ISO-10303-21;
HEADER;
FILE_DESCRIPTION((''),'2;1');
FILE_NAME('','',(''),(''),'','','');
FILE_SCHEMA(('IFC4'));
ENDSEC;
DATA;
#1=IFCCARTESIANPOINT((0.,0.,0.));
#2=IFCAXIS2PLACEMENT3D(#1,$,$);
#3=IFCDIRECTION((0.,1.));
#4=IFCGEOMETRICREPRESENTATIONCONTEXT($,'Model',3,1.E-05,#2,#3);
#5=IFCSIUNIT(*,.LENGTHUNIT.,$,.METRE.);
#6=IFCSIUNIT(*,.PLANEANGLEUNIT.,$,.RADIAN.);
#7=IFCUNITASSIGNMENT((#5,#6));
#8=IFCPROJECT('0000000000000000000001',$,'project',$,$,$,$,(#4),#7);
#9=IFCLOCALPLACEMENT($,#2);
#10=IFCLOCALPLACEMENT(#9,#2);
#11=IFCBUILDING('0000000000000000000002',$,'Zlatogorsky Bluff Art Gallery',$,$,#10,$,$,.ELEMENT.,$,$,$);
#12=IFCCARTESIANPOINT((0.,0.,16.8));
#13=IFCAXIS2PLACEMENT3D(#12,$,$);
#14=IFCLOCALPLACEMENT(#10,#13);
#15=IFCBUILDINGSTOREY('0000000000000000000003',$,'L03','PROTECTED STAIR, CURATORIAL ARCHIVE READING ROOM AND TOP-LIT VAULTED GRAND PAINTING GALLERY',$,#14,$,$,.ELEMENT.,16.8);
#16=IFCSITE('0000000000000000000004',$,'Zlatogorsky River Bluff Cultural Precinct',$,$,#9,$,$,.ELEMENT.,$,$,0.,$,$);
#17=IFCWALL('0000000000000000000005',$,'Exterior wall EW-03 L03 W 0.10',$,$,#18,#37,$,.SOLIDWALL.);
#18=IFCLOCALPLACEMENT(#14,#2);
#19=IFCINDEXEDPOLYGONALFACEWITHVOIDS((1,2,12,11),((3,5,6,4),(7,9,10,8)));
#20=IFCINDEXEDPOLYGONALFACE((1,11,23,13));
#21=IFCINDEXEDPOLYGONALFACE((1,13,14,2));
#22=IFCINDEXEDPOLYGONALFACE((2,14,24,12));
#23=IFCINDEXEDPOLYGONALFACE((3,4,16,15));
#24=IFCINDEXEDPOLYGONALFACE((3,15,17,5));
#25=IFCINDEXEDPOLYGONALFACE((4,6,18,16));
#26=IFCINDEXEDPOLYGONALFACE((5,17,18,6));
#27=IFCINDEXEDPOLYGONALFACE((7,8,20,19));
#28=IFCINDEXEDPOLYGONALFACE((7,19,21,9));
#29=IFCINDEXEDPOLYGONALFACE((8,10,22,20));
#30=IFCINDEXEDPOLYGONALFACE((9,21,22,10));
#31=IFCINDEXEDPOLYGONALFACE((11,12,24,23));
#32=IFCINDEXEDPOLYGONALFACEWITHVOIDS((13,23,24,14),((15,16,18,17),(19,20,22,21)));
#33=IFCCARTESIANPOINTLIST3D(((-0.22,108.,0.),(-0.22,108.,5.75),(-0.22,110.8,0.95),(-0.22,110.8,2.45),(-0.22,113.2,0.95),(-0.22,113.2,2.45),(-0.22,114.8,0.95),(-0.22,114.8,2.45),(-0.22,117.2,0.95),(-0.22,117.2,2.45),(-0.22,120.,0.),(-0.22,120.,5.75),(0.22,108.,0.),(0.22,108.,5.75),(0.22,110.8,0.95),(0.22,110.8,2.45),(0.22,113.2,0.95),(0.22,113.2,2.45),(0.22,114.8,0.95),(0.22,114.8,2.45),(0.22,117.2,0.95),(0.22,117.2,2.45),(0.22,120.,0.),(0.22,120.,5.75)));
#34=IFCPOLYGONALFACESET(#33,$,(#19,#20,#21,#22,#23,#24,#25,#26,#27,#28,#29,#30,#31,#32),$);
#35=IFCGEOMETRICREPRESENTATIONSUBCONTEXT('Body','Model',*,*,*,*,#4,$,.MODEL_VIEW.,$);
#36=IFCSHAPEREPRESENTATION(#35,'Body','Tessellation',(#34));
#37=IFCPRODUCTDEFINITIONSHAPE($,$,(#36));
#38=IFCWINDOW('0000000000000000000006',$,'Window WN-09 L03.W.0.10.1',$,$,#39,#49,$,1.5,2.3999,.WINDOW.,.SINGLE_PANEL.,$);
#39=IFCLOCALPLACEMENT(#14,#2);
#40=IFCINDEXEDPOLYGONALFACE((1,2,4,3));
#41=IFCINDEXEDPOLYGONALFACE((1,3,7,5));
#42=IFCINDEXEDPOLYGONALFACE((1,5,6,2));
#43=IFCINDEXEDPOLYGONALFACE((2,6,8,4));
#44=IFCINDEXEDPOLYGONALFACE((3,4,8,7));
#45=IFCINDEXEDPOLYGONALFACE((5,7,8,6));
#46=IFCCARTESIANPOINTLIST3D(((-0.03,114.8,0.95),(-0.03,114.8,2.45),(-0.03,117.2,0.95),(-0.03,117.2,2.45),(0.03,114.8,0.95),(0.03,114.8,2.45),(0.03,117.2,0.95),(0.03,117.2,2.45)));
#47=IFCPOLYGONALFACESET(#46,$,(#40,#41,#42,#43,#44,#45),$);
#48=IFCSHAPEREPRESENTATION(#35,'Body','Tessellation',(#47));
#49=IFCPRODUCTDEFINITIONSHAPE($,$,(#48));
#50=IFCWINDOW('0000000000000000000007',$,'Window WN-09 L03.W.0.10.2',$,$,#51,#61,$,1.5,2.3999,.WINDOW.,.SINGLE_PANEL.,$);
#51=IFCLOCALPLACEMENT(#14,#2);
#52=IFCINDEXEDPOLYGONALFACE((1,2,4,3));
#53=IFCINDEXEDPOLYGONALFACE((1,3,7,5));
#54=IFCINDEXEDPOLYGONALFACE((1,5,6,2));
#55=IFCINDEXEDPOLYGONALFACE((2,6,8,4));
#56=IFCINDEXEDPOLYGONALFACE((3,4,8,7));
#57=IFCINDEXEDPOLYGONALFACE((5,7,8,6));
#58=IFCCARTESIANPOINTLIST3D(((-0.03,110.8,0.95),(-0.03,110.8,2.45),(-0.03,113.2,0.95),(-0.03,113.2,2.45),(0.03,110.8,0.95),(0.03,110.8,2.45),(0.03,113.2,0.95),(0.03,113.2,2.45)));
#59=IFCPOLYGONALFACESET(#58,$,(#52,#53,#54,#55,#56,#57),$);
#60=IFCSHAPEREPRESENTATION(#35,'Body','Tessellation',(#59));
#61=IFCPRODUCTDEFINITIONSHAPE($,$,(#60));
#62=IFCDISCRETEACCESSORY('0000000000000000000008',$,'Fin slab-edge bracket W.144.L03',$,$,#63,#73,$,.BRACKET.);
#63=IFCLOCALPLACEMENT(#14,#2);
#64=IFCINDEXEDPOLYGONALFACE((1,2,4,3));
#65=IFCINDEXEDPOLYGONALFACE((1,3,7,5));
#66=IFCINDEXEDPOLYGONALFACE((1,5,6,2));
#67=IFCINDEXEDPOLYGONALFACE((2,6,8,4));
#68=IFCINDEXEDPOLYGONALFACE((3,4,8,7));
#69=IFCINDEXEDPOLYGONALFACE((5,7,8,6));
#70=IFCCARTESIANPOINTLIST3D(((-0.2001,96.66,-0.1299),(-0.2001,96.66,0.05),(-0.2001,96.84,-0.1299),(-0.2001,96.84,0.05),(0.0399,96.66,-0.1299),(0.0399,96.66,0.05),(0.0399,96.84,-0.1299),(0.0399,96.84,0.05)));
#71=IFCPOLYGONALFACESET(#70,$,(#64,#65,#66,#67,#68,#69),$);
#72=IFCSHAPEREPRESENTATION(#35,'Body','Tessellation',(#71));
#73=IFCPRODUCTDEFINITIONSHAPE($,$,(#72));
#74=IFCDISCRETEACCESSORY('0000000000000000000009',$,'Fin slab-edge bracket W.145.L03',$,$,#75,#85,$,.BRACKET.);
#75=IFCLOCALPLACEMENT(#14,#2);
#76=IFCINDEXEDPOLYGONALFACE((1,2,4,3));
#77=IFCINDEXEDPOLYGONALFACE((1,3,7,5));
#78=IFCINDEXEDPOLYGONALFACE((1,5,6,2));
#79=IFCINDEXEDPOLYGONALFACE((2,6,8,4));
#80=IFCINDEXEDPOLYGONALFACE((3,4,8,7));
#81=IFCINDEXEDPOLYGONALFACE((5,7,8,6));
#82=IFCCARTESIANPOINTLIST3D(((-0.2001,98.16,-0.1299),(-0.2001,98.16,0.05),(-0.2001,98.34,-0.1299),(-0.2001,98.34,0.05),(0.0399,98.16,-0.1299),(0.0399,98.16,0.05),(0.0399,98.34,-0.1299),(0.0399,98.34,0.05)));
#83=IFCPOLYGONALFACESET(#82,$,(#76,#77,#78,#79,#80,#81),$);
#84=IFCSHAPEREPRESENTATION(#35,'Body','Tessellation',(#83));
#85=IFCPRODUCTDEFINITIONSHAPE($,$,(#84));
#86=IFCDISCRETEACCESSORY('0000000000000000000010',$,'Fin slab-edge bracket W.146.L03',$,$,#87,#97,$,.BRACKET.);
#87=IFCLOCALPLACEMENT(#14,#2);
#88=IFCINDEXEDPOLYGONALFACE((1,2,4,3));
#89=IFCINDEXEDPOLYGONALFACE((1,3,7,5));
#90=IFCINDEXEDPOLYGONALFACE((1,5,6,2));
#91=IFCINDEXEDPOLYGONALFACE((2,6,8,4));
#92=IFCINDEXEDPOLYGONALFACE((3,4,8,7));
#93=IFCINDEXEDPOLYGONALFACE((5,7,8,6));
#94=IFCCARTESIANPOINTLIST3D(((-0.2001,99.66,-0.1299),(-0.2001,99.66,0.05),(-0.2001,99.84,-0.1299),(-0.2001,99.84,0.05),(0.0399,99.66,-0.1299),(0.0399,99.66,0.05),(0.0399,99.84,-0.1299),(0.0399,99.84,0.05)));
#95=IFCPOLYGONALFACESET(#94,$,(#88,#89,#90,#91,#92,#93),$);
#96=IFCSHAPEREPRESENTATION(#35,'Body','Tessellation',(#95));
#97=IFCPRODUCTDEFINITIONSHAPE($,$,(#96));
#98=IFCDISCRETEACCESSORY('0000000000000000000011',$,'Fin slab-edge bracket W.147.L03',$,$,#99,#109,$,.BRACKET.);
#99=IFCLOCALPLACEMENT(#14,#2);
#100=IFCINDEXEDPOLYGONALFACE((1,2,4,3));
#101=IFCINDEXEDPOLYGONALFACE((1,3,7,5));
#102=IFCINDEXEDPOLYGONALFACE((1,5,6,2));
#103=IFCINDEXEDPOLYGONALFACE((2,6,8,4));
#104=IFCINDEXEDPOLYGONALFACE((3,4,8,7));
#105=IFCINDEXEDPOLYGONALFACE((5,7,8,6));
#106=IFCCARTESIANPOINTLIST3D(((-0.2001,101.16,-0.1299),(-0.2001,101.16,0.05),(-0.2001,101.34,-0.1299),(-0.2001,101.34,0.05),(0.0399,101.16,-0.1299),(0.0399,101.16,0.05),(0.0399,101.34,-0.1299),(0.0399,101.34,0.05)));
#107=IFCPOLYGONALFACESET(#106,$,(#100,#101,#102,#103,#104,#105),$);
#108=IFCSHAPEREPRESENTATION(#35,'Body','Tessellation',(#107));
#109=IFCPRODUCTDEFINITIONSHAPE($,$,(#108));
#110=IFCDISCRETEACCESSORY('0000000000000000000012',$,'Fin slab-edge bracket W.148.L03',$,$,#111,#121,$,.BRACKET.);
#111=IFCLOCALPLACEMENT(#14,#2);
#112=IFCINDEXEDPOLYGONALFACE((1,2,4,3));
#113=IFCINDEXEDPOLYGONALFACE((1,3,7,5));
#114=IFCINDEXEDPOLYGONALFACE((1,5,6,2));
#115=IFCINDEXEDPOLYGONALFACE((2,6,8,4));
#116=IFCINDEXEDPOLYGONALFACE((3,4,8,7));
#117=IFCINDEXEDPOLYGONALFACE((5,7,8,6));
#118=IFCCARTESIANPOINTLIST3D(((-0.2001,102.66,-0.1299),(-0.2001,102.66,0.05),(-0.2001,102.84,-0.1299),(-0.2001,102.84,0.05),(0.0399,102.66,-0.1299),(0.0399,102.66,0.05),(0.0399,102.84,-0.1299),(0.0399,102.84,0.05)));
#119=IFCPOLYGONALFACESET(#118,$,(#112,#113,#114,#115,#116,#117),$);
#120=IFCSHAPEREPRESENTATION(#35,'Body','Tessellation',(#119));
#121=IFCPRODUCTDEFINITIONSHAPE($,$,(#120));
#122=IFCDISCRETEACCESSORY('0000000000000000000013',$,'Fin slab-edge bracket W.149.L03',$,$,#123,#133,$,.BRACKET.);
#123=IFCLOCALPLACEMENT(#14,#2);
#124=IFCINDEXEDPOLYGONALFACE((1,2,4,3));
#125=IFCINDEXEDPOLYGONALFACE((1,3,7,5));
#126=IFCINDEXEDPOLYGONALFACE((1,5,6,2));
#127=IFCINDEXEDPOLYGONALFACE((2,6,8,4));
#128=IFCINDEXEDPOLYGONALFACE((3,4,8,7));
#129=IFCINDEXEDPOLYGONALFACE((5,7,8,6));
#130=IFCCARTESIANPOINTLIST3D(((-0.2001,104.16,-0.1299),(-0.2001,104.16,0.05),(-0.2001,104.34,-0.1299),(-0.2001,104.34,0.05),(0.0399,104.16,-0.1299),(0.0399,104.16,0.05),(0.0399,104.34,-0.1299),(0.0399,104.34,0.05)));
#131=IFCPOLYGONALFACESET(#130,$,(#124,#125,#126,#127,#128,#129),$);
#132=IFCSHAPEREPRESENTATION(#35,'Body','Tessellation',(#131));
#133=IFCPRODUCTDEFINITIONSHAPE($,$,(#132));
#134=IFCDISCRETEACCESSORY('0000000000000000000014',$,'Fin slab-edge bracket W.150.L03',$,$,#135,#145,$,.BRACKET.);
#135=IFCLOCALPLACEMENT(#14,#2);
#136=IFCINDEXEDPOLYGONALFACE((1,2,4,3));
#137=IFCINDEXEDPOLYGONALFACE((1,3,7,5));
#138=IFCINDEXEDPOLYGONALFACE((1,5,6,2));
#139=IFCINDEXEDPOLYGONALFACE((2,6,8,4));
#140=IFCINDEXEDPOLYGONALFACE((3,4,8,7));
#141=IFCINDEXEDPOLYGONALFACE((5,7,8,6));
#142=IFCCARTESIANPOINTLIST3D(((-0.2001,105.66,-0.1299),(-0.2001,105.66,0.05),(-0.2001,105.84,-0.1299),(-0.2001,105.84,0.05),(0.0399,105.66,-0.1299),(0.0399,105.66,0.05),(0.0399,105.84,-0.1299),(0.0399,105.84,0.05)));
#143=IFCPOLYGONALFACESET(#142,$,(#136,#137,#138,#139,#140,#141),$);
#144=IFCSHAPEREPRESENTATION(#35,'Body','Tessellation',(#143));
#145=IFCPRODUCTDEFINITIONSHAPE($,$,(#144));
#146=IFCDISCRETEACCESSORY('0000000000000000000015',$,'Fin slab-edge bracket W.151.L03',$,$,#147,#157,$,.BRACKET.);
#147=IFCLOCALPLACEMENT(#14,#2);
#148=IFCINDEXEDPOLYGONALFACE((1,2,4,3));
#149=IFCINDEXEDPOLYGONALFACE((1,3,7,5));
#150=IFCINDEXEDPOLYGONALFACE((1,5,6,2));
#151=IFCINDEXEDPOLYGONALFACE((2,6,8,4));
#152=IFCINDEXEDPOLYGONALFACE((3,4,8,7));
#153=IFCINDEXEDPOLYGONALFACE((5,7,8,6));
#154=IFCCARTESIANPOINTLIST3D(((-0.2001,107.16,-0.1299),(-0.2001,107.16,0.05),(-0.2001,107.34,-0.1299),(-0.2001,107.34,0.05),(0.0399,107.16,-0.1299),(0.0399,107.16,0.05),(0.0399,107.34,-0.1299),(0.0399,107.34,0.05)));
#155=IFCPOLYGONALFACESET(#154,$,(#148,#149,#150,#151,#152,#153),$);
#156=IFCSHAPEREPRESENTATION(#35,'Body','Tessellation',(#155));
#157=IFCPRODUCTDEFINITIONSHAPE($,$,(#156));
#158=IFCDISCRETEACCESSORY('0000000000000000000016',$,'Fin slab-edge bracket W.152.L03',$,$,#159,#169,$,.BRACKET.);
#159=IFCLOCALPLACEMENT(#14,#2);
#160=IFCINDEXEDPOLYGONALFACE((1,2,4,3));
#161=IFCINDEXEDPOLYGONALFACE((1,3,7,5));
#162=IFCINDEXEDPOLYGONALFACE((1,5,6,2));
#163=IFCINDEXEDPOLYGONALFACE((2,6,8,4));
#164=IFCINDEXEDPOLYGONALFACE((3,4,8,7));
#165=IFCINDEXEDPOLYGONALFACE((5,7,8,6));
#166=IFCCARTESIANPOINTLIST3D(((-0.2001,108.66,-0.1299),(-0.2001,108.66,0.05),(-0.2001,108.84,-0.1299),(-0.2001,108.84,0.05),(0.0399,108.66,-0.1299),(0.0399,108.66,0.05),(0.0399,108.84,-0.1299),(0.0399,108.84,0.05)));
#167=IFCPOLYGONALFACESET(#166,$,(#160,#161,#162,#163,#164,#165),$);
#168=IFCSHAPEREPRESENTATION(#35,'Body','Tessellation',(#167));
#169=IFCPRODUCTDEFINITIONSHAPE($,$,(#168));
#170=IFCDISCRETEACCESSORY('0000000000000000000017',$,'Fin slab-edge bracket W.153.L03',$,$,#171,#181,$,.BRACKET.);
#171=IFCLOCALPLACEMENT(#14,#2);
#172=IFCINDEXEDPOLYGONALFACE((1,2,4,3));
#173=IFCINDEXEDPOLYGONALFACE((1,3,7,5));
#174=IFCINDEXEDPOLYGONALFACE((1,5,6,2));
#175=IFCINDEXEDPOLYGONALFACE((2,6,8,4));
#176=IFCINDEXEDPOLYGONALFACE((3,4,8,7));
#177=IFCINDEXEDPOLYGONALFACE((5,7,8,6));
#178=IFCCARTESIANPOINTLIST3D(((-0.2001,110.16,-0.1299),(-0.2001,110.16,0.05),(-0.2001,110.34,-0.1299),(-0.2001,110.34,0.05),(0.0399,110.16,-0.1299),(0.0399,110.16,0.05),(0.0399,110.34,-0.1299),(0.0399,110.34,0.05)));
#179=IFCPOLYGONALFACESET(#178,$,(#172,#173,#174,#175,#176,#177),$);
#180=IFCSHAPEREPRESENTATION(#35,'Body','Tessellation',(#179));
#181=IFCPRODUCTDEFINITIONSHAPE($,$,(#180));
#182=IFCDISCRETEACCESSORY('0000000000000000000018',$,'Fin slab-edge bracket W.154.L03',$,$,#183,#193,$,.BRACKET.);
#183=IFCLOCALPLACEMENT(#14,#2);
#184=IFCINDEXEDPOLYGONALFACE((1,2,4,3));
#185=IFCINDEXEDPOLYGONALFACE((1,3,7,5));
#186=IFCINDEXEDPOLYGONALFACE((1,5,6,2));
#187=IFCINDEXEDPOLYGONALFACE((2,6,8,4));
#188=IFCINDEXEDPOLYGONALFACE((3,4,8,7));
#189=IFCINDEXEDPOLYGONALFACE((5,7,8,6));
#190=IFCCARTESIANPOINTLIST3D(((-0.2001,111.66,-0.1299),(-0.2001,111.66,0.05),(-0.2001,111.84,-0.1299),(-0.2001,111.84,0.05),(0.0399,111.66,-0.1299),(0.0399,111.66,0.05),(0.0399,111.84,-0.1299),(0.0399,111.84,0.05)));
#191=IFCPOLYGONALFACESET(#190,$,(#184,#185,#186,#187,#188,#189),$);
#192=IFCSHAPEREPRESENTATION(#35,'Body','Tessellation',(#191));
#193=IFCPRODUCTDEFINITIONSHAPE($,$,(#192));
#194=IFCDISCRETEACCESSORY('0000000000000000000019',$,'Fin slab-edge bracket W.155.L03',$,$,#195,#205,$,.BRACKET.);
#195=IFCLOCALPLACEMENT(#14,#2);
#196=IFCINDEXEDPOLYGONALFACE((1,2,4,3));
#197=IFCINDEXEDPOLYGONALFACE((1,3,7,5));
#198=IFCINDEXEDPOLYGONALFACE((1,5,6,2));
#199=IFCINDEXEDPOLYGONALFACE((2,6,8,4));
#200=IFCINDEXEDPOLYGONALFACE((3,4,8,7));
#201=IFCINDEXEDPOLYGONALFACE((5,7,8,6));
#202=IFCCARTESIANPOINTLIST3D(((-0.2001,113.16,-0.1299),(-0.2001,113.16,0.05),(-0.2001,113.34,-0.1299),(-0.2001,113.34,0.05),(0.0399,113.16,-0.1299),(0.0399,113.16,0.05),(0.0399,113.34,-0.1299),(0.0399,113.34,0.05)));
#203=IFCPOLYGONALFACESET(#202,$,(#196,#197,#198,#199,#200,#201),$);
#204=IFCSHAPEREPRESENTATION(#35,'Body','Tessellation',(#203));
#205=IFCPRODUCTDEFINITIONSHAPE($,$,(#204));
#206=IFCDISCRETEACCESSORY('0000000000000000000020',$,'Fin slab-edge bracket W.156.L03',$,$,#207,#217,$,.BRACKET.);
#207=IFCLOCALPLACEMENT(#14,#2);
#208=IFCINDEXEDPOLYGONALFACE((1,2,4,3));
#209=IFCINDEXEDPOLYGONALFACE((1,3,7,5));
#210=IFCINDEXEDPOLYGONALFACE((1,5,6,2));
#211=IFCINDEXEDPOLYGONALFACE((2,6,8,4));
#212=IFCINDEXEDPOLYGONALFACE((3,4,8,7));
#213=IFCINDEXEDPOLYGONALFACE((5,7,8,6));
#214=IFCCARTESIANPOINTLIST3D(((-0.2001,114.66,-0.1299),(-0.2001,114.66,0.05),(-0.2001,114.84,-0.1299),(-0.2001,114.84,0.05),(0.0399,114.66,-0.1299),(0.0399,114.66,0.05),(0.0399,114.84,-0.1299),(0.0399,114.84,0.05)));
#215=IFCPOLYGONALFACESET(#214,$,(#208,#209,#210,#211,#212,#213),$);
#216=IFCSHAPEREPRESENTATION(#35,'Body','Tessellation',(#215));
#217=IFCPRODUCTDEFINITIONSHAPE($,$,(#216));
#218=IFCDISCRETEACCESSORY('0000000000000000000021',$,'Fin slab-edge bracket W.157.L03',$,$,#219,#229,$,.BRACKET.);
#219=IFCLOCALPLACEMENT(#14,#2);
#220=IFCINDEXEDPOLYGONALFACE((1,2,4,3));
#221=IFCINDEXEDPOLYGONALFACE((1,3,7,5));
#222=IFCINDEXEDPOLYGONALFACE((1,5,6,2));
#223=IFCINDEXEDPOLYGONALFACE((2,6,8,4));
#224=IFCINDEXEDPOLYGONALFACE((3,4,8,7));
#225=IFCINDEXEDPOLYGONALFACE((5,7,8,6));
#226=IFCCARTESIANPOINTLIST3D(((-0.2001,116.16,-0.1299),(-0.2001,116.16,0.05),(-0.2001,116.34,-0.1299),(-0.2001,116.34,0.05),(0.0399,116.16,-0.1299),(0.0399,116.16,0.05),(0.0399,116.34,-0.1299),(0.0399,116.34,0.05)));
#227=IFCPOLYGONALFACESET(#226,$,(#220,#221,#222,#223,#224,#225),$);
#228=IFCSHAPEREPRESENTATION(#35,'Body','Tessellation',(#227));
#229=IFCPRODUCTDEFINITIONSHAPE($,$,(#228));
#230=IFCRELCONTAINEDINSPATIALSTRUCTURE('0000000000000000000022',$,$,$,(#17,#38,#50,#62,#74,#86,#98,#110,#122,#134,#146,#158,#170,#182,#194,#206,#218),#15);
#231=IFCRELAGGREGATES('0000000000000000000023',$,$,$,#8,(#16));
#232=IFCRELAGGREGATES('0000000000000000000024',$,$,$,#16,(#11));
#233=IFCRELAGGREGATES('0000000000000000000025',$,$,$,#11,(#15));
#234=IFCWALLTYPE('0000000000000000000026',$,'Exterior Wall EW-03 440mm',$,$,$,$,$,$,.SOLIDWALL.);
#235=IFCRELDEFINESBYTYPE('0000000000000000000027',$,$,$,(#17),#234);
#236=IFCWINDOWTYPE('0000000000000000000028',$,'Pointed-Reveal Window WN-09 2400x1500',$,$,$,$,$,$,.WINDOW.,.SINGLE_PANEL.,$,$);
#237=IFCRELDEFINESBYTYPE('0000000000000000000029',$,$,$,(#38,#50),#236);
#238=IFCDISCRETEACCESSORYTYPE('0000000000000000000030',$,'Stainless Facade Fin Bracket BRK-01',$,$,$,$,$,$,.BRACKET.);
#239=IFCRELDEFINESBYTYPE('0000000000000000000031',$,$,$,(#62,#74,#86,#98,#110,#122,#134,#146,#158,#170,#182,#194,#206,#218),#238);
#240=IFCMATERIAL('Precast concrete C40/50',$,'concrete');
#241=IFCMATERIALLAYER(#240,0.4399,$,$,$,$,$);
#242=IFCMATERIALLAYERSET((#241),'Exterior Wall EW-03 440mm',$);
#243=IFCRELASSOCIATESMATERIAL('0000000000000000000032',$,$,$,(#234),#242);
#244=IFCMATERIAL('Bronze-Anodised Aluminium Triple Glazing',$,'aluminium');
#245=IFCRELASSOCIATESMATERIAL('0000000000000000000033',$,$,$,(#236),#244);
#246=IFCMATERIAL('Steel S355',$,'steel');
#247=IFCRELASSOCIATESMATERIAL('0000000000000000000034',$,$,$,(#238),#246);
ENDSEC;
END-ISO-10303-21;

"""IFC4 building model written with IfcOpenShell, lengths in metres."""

from ifc_helpers import new_model, si_unit, direction, frame, frame_2d, origin, origin_2d, place, context, subcontext, project, spatial, rectangle, extrude, material, layer, layer_set, type_object, element, fill, save


model = new_model("IFC4")

# Units and contexts
model_context = context("Model", 3, precision=1e-05, world=origin(), true_north=direction((0.0, 1.0)))
body_context = subcontext(model_context, "Body", "Model", "MODEL_VIEW")
ifc_project = project(units=[si_unit("LENGTHUNIT", "METRE"), si_unit("PLANEANGLEUNIT", "RADIAN")], contexts=[model_context])

# Site, building, storey
site_placement = place(None, origin())
site = spatial("IfcSite", under=ifc_project, at=site_placement, Name="Zlatogorsky River Bluff Cultural Precinct", CompositionType="ELEMENT", RefElevation=0.0)
building_placement = place(site_placement, origin())
building = spatial("IfcBuilding", under=site, at=building_placement, Name="Zlatogorsky Bluff Art Gallery", CompositionType="ELEMENT")
storey_placement = place(building_placement, frame((0.0, 0.0, 16.8)))
storey = spatial("IfcBuildingStorey", under=building, at=storey_placement, Name="L03", Description="PROTECTED STAIR, CURATORIAL ARCHIVE READING ROOM AND TOP-LIT VAULTED GRAND PAINTING GALLERY", CompositionType="ELEMENT", Elevation=16.8)

# Shared definitions
ifc_material_1 = material(Name="Steel S355", Category="steel")

# Wall, openings, windows
ifc_material_2 = material(Name="Precast concrete C40/50", Category="concrete")
ifc_material_3 = material(Name="Bronze-Anodised Aluminium Triple Glazing", Category="aluminium")
ifc_layer_1 = layer(ifc_material_2, 0.4399)
ifc_layer_set_1 = layer_set([ifc_layer_1], Name="Exterior Wall EW-03 440mm")
wall_type_1 = type_object("IfcWallType", Name="Exterior Wall EW-03 440mm", PredefinedType="SOLIDWALL", material=ifc_layer_set_1)
wall_1_placement = place(storey_placement, frame((0.0, 120.0, 0.0), z_axis=(0.0, 0.0, 1.0), x_axis=(0.0, -1.0, 0.0)))
wall_1 = element("IfcWall", 1, at=wall_1_placement, inside=storey, type_object=wall_type_1, Name="Exterior wall EW-03 L03 W 0.10", PredefinedType="SOLIDWALL", context=body_context, shape_type="SweptSolid", body=[
    extrude(rectangle(XDim=12.0, YDim=0.4399, at=frame_2d((6.0, 0.0))), origin(), (0.0, 0.0, 1.0), 5.75),
])
opening_1_placement = place(wall_1_placement, frame((2.8, 0.0, 0.95)))
opening_1 = element("IfcOpeningElement", 2, at=opening_1_placement, cuts=wall_1, PredefinedType="OPENING", context=body_context, shape_type="SweptSolid", body=[
    extrude(rectangle(XDim=2.3999, YDim=1.5, at=frame_2d((1.2, 0.75))), frame((0.0, 0.23, 0.0), z_axis=(0.0, -1.0, 0.0), x_axis=(1.0, 0.0, 0.0)), (0.0, 0.0, 1.0), 0.46),
])
opening_2_placement = place(wall_1_placement, frame((6.8, 0.0, 0.95)))
opening_2 = element("IfcOpeningElement", 3, at=opening_2_placement, cuts=wall_1, PredefinedType="OPENING", context=body_context, shape_type="SweptSolid", body=[
    extrude(rectangle(XDim=2.3999, YDim=1.5, at=frame_2d((1.2, 0.75))), frame((0.0, 0.23, 0.0), z_axis=(0.0, -1.0, 0.0), x_axis=(1.0, 0.0, 0.0)), (0.0, 0.0, 1.0), 0.46),
])
window_type_1 = type_object("IfcWindowType", Name="Pointed-Reveal Window WN-09 2400x1500", PartitioningType="SINGLE_PANEL", PredefinedType="WINDOW", material=ifc_material_3)
window_1_placement = place(opening_1_placement, origin())
window_1 = element("IfcWindow", 4, at=window_1_placement, inside=storey, type_object=window_type_1, Name="Window WN-09 L03.W.0.10.1", OverallHeight=1.5, OverallWidth=2.3999, PartitioningType="SINGLE_PANEL", PredefinedType="WINDOW", context=body_context, shape_type="SweptSolid", body=[
    extrude(rectangle(XDim=2.3999, YDim=1.5, at=frame_2d((1.2, 0.75))), frame((0.0, 0.03, 0.0), z_axis=(0.0, -1.0, 0.0), x_axis=(1.0, 0.0, 0.0)), (0.0, 0.0, 1.0), 0.0601),
])
fill(opening_1, window_1)
window_2_placement = place(opening_2_placement, origin())
window_2 = element("IfcWindow", 5, at=window_2_placement, inside=storey, type_object=window_type_1, Name="Window WN-09 L03.W.0.10.2", OverallHeight=1.5, OverallWidth=2.3999, PartitioningType="SINGLE_PANEL", PredefinedType="WINDOW", context=body_context, shape_type="SweptSolid", body=[
    extrude(rectangle(XDim=2.3999, YDim=1.5, at=frame_2d((1.2, 0.75))), frame((0.0, 0.03, 0.0), z_axis=(0.0, -1.0, 0.0), x_axis=(1.0, 0.0, 0.0)), (0.0, 0.0, 1.0), 0.0601),
])
fill(opening_2, window_2)

# Discrete accessories
discrete_accessory_type = type_object("IfcDiscreteAccessoryType", Name="Stainless Facade Fin Bracket BRK-01", PredefinedType="BRACKET", material=ifc_material_1)
for number, where, z_axis, x_axis, name in (
    (6, (-0.0801, 96.75, -0.1299), (0.0, 0.0, 1.0), (1.0, 0.0, 0.0), "Fin slab-edge bracket W.144.L03"),
    (7, (-0.0801, 98.25, -0.1299), (0.0, 0.0, 1.0), (1.0, 0.0, 0.0), "Fin slab-edge bracket W.145.L03"),
    (8, (-0.0801, 99.75, -0.1299), (0.0, 0.0, 1.0), (1.0, 0.0, 0.0), "Fin slab-edge bracket W.146.L03"),
    (9, (-0.0801, 101.25, -0.1299), (0.0, 0.0, 1.0), (1.0, 0.0, 0.0), "Fin slab-edge bracket W.147.L03"),
    (10, (-0.0801, 102.75, -0.1299), (0.0, 0.0, 1.0), (1.0, 0.0, 0.0), "Fin slab-edge bracket W.148.L03"),
    (11, (-0.0801, 104.25, -0.1299), (0.0, 0.0, 1.0), (1.0, 0.0, 0.0), "Fin slab-edge bracket W.149.L03"),
    (12, (-0.0801, 105.75, -0.1299), (0.0, 0.0, 1.0), (1.0, 0.0, 0.0), "Fin slab-edge bracket W.150.L03"),
    (13, (-0.0801, 107.25, -0.1299), (0.0, 0.0, 1.0), (1.0, 0.0, 0.0), "Fin slab-edge bracket W.151.L03"),
    (14, (-0.0801, 108.75, -0.1299), (0.0, 0.0, 1.0), (1.0, 0.0, 0.0), "Fin slab-edge bracket W.152.L03"),
    (15, (-0.0801, 110.25, -0.1299), (0.0, 0.0, 1.0), (1.0, 0.0, 0.0), "Fin slab-edge bracket W.153.L03"),
    (16, (-0.0801, 111.75, -0.1299), (0.0, 0.0, 1.0), (1.0, 0.0, 0.0), "Fin slab-edge bracket W.154.L03"),
    (17, (-0.0801, 113.25, -0.1299), (0.0, 0.0, 1.0), (1.0, 0.0, 0.0), "Fin slab-edge bracket W.155.L03"),
    (18, (-0.0801, 114.75, -0.1299), (0.0, 0.0, 1.0), (1.0, 0.0, 0.0), "Fin slab-edge bracket W.156.L03"),
    (19, (-0.0801, 116.25, -0.1299), (0.0, 0.0, 1.0), (1.0, 0.0, 0.0), "Fin slab-edge bracket W.157.L03"),
):
    element("IfcDiscreteAccessory", number, at=place(storey_placement, frame(where, z_axis=z_axis, x_axis=x_axis)), inside=storey, type_object=discrete_accessory_type, Name=name, PredefinedType="BRACKET", context=body_context, shape_type="SweptSolid", body=[
        extrude(rectangle(XDim=0.24, YDim=0.1799, at=origin_2d()), origin(), (0.0, 0.0, 1.0), 0.1799),
    ])

save(model, "model.ifc")
